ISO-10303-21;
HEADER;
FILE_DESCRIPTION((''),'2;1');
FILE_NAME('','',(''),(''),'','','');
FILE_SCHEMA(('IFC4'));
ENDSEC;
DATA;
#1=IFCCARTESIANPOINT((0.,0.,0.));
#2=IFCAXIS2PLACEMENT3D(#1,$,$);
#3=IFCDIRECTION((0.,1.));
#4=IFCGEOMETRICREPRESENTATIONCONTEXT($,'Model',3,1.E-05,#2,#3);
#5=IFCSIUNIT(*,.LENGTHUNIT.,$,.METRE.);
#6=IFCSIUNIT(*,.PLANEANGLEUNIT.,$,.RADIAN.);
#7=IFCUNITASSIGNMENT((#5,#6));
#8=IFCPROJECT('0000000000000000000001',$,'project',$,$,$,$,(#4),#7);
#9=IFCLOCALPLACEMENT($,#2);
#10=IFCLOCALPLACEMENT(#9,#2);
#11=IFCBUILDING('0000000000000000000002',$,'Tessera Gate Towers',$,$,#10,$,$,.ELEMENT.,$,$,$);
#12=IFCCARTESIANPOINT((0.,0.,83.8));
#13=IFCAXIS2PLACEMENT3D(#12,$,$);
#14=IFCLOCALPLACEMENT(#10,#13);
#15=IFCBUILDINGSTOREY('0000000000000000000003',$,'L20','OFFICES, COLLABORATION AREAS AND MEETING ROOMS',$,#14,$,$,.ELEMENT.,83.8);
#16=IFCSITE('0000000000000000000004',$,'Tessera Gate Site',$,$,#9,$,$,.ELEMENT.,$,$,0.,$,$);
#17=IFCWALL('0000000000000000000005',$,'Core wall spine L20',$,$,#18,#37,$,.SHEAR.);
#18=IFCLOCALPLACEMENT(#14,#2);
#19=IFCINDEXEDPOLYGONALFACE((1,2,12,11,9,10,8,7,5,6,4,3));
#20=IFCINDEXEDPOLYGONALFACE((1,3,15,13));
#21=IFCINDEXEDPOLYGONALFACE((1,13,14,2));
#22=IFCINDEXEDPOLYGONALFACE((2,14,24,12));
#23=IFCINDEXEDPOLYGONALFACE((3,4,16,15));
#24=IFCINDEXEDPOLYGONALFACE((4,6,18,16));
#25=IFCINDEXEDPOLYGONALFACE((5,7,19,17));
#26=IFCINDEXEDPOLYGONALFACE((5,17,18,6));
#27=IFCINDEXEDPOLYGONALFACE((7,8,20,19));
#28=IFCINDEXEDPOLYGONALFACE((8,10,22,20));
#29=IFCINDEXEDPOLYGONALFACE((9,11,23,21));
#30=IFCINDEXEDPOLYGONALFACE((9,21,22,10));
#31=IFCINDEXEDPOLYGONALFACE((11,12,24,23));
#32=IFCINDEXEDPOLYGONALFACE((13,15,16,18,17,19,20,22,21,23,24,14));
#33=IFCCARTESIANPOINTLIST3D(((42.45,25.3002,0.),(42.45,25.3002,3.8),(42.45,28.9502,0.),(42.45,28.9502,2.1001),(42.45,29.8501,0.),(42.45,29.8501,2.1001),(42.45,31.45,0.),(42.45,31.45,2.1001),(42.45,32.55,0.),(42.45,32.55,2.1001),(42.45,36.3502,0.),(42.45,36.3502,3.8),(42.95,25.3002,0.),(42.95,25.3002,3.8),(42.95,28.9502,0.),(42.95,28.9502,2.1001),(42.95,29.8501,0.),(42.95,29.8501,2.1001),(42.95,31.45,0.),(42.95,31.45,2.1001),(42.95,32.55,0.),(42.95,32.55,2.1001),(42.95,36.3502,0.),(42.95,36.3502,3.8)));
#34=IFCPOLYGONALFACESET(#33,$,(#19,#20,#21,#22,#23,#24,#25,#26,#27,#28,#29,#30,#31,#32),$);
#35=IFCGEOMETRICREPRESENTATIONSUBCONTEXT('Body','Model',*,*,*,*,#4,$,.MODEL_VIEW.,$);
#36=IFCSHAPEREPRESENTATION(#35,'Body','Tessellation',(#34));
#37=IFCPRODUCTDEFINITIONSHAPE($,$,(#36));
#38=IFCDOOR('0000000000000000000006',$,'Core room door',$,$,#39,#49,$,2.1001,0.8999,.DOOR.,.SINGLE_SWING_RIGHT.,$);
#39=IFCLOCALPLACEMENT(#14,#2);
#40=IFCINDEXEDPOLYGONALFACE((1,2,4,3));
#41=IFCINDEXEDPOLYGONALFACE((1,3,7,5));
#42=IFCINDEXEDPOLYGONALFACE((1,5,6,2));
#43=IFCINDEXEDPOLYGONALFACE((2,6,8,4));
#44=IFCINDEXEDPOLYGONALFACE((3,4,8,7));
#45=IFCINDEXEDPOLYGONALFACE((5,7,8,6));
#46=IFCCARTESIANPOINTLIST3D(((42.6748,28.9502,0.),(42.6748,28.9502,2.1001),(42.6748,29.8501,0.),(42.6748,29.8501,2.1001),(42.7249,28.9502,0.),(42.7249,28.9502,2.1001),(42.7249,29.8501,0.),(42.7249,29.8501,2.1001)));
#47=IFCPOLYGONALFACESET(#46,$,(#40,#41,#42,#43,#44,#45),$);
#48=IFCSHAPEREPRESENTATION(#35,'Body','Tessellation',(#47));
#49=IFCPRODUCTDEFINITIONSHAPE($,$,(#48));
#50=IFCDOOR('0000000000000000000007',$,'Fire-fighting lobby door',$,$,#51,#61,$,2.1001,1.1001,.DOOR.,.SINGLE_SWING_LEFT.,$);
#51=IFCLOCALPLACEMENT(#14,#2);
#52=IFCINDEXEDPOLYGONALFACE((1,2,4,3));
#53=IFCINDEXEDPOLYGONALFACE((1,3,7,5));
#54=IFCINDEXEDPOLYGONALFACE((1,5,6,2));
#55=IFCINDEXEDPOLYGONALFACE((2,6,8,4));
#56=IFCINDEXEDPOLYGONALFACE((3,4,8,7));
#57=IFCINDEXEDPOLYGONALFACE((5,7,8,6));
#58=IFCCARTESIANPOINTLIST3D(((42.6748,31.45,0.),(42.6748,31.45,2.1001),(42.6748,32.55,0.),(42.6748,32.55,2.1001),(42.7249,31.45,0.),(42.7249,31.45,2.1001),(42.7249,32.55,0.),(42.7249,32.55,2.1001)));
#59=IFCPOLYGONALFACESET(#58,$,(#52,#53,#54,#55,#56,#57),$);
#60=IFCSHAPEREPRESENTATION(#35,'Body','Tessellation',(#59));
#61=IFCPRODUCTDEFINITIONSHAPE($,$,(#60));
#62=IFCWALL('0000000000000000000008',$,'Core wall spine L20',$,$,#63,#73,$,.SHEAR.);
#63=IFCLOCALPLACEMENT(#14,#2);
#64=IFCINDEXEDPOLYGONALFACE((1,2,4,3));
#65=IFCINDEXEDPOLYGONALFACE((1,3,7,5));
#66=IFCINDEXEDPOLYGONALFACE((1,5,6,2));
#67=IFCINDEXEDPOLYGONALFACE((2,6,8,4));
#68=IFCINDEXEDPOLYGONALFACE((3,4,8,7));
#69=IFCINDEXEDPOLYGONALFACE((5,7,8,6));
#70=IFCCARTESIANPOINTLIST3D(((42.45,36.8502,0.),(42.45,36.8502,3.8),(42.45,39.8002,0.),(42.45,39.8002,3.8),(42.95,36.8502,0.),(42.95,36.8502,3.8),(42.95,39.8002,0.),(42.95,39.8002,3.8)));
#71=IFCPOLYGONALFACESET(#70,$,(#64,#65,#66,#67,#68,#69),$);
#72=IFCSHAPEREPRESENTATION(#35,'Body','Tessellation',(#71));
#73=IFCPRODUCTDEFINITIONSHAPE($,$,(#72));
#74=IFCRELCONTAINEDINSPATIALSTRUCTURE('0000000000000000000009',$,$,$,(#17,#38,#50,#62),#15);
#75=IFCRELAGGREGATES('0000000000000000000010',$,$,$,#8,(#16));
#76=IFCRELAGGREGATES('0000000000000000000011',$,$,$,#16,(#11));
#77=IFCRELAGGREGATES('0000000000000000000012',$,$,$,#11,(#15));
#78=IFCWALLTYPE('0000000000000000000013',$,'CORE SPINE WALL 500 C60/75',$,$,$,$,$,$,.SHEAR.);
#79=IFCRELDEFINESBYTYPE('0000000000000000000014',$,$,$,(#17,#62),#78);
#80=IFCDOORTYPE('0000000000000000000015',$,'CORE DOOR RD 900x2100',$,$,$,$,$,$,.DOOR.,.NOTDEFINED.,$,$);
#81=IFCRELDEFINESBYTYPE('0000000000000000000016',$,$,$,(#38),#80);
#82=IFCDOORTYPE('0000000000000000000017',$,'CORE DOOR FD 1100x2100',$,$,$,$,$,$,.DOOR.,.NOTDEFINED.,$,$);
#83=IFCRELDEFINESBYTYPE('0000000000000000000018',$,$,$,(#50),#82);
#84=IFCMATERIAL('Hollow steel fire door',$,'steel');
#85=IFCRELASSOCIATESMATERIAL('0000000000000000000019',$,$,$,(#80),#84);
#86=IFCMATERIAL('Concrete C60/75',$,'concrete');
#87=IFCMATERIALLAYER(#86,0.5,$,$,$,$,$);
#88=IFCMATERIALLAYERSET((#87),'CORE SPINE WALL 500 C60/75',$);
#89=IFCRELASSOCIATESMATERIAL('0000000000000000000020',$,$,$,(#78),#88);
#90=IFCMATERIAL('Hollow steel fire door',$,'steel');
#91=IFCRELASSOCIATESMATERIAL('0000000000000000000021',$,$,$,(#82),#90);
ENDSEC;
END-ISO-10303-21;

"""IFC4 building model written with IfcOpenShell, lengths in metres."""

from ifc_helpers import new_model, si_unit, direction, frame, frame_2d, origin, place, context, subcontext, project, spatial, rectangle, extrude, source, transform, mapped, material, layer, layer_set, type_object, element, fill, save


model = new_model("IFC4")

# Units and contexts
model_context = context("Model", 3, precision=1e-05, world=origin(), true_north=direction((0.0, 1.0)))
body_context = subcontext(model_context, "Body", "Model", "MODEL_VIEW")
ifc_project = project(units=[si_unit("LENGTHUNIT", "METRE"), si_unit("PLANEANGLEUNIT", "RADIAN")], contexts=[model_context])

# Site, building, storey
site_placement = place(None, origin())
site = spatial("IfcSite", under=ifc_project, at=site_placement, Name="Tessera Gate Site", CompositionType="ELEMENT", RefElevation=0.0)
building_placement = place(site_placement, origin())
building = spatial("IfcBuilding", under=site, at=building_placement, Name="Tessera Gate Towers", CompositionType="ELEMENT")
storey_placement = place(building_placement, frame((0.0, 0.0, 83.8)))
storey = spatial("IfcBuildingStorey", under=building, at=storey_placement, Name="L20", Description="OFFICES, COLLABORATION AREAS AND MEETING ROOMS", CompositionType="ELEMENT", Elevation=83.8)

# Shared definitions
shared_shape_1 = source(origin(), body_context, "Body", "SweptSolid", [
    extrude(rectangle(XDim=1.1001, YDim=2.1001, at=frame_2d((0.55, 1.05))), frame((0.0, 0.0249, 0.0), z_axis=(0.0, -1.0, 0.0), x_axis=(1.0, 0.0, 0.0)), (0.0, 0.0, 1.0), 0.05),
])

# Wall, openings, doors
ifc_material_1 = material(Name="Hollow steel fire door", Category="steel")
door_type_1 = type_object("IfcDoorType", Name="CORE DOOR RD 900x2100", OperationType="NOTDEFINED", PredefinedType="DOOR", material=ifc_material_1)
shared_shape_2 = source(origin(), body_context, "Body", "SweptSolid", [
    extrude(rectangle(XDim=0.8999, YDim=2.1001, at=frame_2d((0.45, 1.05))), frame((0.0, 0.0249, 0.0), z_axis=(0.0, -1.0, 0.0), x_axis=(1.0, 0.0, 0.0)), (0.0, 0.0, 1.0), 0.05),
])
ifc_material_2 = material(Name="Concrete C60/75", Category="concrete")
ifc_layer_1 = layer(ifc_material_2, 0.5)
ifc_layer_set_1 = layer_set([ifc_layer_1], Name="CORE SPINE WALL 500 C60/75")
wall_type_1 = type_object("IfcWallType", Name="CORE SPINE WALL 500 C60/75", PredefinedType="SHEAR", material=ifc_layer_set_1)
wall_1_placement = place(storey_placement, frame((42.7, 36.3501, 0.0), z_axis=(0.0, 0.0, 1.0), x_axis=(0.0, -1.0, 0.0)))
wall_1 = element("IfcWall", 1, at=wall_1_placement, inside=storey, type_object=wall_type_1, Name="Core wall spine L20", PredefinedType="SHEAR", context=body_context, shape_type="SweptSolid", body=[
    extrude(rectangle(XDim=11.05, YDim=0.5, at=frame_2d((5.5249, 0.0))), origin(), (0.0, 0.0, 1.0), 3.8),
])
shared_shape_3 = source(origin(), body_context, "Body", "SweptSolid", [
    extrude(rectangle(XDim=0.8999, YDim=2.1001, at=frame_2d((0.45, 1.05))), frame((0.0, 0.26, 0.0), z_axis=(0.0, -1.0, 0.0), x_axis=(1.0, 0.0, 0.0)), (0.0, 0.0, 1.0), 0.52),
])
opening_1_placement = place(wall_1_placement, frame((6.5, 0.0, 0.0)))
opening_1 = element("IfcOpeningElement", 2, at=opening_1_placement, cuts=wall_1, PredefinedType="OPENING", context=body_context, shape_type="MappedRepresentation", body=[
    mapped(shared_shape_3, transform((0.0, 0.0, 0.0), scale=1.0)),
])
shared_shape_4 = source(origin(), body_context, "Body", "SweptSolid", [
    extrude(rectangle(XDim=1.1001, YDim=2.1001, at=frame_2d((0.55, 1.05))), frame((0.0, 0.26, 0.0), z_axis=(0.0, -1.0, 0.0), x_axis=(1.0, 0.0, 0.0)), (0.0, 0.0, 1.0), 0.52),
])
opening_2_placement = place(wall_1_placement, frame((3.8, 0.0, 0.0)))
opening_2 = element("IfcOpeningElement", 3, at=opening_2_placement, cuts=wall_1, PredefinedType="OPENING", context=body_context, shape_type="MappedRepresentation", body=[
    mapped(shared_shape_4, transform((0.0, 0.0, 0.0), scale=1.0)),
])
door_1_placement = place(opening_1_placement, origin())
door_1 = element("IfcDoor", 4, at=door_1_placement, inside=storey, type_object=door_type_1, Name="Core room door", OperationType="SINGLE_SWING_RIGHT", OverallHeight=2.1001, OverallWidth=0.8999, PredefinedType="DOOR", context=body_context, shape_type="MappedRepresentation", body=[
    mapped(shared_shape_2, transform((0.0, 0.0, 0.0), scale=1.0)),
])
fill(opening_1, door_1)
ifc_material_3 = material(Name="Hollow steel fire door", Category="steel")
door_type_2 = type_object("IfcDoorType", Name="CORE DOOR FD 1100x2100", OperationType="NOTDEFINED", PredefinedType="DOOR", material=ifc_material_3)
door_2_placement = place(opening_2_placement, origin())
door_2 = element("IfcDoor", 5, at=door_2_placement, inside=storey, type_object=door_type_2, Name="Fire-fighting lobby door", OperationType="SINGLE_SWING_LEFT", OverallHeight=2.1001, OverallWidth=1.1001, PredefinedType="DOOR", context=body_context, shape_type="MappedRepresentation", body=[
    mapped(shared_shape_1, transform((0.0, 0.0, 0.0), scale=1.0)),
])
fill(opening_2, door_2)

# Wall
wall_2_placement = place(storey_placement, frame((42.7, 36.8501, 0.0), z_axis=(0.0, 0.0, 1.0), x_axis=(0.0, 1.0, 0.0)))
element("IfcWall", 6, at=wall_2_placement, inside=storey, type_object=wall_type_1, Name="Core wall spine L20", PredefinedType="SHEAR", context=body_context, shape_type="SweptSolid", body=[
    extrude(rectangle(XDim=2.95, YDim=0.5, at=frame_2d((1.4751, 0.0))), origin(), (0.0, 0.0, 1.0), 3.8),
])

save(model, "model.ifc")
